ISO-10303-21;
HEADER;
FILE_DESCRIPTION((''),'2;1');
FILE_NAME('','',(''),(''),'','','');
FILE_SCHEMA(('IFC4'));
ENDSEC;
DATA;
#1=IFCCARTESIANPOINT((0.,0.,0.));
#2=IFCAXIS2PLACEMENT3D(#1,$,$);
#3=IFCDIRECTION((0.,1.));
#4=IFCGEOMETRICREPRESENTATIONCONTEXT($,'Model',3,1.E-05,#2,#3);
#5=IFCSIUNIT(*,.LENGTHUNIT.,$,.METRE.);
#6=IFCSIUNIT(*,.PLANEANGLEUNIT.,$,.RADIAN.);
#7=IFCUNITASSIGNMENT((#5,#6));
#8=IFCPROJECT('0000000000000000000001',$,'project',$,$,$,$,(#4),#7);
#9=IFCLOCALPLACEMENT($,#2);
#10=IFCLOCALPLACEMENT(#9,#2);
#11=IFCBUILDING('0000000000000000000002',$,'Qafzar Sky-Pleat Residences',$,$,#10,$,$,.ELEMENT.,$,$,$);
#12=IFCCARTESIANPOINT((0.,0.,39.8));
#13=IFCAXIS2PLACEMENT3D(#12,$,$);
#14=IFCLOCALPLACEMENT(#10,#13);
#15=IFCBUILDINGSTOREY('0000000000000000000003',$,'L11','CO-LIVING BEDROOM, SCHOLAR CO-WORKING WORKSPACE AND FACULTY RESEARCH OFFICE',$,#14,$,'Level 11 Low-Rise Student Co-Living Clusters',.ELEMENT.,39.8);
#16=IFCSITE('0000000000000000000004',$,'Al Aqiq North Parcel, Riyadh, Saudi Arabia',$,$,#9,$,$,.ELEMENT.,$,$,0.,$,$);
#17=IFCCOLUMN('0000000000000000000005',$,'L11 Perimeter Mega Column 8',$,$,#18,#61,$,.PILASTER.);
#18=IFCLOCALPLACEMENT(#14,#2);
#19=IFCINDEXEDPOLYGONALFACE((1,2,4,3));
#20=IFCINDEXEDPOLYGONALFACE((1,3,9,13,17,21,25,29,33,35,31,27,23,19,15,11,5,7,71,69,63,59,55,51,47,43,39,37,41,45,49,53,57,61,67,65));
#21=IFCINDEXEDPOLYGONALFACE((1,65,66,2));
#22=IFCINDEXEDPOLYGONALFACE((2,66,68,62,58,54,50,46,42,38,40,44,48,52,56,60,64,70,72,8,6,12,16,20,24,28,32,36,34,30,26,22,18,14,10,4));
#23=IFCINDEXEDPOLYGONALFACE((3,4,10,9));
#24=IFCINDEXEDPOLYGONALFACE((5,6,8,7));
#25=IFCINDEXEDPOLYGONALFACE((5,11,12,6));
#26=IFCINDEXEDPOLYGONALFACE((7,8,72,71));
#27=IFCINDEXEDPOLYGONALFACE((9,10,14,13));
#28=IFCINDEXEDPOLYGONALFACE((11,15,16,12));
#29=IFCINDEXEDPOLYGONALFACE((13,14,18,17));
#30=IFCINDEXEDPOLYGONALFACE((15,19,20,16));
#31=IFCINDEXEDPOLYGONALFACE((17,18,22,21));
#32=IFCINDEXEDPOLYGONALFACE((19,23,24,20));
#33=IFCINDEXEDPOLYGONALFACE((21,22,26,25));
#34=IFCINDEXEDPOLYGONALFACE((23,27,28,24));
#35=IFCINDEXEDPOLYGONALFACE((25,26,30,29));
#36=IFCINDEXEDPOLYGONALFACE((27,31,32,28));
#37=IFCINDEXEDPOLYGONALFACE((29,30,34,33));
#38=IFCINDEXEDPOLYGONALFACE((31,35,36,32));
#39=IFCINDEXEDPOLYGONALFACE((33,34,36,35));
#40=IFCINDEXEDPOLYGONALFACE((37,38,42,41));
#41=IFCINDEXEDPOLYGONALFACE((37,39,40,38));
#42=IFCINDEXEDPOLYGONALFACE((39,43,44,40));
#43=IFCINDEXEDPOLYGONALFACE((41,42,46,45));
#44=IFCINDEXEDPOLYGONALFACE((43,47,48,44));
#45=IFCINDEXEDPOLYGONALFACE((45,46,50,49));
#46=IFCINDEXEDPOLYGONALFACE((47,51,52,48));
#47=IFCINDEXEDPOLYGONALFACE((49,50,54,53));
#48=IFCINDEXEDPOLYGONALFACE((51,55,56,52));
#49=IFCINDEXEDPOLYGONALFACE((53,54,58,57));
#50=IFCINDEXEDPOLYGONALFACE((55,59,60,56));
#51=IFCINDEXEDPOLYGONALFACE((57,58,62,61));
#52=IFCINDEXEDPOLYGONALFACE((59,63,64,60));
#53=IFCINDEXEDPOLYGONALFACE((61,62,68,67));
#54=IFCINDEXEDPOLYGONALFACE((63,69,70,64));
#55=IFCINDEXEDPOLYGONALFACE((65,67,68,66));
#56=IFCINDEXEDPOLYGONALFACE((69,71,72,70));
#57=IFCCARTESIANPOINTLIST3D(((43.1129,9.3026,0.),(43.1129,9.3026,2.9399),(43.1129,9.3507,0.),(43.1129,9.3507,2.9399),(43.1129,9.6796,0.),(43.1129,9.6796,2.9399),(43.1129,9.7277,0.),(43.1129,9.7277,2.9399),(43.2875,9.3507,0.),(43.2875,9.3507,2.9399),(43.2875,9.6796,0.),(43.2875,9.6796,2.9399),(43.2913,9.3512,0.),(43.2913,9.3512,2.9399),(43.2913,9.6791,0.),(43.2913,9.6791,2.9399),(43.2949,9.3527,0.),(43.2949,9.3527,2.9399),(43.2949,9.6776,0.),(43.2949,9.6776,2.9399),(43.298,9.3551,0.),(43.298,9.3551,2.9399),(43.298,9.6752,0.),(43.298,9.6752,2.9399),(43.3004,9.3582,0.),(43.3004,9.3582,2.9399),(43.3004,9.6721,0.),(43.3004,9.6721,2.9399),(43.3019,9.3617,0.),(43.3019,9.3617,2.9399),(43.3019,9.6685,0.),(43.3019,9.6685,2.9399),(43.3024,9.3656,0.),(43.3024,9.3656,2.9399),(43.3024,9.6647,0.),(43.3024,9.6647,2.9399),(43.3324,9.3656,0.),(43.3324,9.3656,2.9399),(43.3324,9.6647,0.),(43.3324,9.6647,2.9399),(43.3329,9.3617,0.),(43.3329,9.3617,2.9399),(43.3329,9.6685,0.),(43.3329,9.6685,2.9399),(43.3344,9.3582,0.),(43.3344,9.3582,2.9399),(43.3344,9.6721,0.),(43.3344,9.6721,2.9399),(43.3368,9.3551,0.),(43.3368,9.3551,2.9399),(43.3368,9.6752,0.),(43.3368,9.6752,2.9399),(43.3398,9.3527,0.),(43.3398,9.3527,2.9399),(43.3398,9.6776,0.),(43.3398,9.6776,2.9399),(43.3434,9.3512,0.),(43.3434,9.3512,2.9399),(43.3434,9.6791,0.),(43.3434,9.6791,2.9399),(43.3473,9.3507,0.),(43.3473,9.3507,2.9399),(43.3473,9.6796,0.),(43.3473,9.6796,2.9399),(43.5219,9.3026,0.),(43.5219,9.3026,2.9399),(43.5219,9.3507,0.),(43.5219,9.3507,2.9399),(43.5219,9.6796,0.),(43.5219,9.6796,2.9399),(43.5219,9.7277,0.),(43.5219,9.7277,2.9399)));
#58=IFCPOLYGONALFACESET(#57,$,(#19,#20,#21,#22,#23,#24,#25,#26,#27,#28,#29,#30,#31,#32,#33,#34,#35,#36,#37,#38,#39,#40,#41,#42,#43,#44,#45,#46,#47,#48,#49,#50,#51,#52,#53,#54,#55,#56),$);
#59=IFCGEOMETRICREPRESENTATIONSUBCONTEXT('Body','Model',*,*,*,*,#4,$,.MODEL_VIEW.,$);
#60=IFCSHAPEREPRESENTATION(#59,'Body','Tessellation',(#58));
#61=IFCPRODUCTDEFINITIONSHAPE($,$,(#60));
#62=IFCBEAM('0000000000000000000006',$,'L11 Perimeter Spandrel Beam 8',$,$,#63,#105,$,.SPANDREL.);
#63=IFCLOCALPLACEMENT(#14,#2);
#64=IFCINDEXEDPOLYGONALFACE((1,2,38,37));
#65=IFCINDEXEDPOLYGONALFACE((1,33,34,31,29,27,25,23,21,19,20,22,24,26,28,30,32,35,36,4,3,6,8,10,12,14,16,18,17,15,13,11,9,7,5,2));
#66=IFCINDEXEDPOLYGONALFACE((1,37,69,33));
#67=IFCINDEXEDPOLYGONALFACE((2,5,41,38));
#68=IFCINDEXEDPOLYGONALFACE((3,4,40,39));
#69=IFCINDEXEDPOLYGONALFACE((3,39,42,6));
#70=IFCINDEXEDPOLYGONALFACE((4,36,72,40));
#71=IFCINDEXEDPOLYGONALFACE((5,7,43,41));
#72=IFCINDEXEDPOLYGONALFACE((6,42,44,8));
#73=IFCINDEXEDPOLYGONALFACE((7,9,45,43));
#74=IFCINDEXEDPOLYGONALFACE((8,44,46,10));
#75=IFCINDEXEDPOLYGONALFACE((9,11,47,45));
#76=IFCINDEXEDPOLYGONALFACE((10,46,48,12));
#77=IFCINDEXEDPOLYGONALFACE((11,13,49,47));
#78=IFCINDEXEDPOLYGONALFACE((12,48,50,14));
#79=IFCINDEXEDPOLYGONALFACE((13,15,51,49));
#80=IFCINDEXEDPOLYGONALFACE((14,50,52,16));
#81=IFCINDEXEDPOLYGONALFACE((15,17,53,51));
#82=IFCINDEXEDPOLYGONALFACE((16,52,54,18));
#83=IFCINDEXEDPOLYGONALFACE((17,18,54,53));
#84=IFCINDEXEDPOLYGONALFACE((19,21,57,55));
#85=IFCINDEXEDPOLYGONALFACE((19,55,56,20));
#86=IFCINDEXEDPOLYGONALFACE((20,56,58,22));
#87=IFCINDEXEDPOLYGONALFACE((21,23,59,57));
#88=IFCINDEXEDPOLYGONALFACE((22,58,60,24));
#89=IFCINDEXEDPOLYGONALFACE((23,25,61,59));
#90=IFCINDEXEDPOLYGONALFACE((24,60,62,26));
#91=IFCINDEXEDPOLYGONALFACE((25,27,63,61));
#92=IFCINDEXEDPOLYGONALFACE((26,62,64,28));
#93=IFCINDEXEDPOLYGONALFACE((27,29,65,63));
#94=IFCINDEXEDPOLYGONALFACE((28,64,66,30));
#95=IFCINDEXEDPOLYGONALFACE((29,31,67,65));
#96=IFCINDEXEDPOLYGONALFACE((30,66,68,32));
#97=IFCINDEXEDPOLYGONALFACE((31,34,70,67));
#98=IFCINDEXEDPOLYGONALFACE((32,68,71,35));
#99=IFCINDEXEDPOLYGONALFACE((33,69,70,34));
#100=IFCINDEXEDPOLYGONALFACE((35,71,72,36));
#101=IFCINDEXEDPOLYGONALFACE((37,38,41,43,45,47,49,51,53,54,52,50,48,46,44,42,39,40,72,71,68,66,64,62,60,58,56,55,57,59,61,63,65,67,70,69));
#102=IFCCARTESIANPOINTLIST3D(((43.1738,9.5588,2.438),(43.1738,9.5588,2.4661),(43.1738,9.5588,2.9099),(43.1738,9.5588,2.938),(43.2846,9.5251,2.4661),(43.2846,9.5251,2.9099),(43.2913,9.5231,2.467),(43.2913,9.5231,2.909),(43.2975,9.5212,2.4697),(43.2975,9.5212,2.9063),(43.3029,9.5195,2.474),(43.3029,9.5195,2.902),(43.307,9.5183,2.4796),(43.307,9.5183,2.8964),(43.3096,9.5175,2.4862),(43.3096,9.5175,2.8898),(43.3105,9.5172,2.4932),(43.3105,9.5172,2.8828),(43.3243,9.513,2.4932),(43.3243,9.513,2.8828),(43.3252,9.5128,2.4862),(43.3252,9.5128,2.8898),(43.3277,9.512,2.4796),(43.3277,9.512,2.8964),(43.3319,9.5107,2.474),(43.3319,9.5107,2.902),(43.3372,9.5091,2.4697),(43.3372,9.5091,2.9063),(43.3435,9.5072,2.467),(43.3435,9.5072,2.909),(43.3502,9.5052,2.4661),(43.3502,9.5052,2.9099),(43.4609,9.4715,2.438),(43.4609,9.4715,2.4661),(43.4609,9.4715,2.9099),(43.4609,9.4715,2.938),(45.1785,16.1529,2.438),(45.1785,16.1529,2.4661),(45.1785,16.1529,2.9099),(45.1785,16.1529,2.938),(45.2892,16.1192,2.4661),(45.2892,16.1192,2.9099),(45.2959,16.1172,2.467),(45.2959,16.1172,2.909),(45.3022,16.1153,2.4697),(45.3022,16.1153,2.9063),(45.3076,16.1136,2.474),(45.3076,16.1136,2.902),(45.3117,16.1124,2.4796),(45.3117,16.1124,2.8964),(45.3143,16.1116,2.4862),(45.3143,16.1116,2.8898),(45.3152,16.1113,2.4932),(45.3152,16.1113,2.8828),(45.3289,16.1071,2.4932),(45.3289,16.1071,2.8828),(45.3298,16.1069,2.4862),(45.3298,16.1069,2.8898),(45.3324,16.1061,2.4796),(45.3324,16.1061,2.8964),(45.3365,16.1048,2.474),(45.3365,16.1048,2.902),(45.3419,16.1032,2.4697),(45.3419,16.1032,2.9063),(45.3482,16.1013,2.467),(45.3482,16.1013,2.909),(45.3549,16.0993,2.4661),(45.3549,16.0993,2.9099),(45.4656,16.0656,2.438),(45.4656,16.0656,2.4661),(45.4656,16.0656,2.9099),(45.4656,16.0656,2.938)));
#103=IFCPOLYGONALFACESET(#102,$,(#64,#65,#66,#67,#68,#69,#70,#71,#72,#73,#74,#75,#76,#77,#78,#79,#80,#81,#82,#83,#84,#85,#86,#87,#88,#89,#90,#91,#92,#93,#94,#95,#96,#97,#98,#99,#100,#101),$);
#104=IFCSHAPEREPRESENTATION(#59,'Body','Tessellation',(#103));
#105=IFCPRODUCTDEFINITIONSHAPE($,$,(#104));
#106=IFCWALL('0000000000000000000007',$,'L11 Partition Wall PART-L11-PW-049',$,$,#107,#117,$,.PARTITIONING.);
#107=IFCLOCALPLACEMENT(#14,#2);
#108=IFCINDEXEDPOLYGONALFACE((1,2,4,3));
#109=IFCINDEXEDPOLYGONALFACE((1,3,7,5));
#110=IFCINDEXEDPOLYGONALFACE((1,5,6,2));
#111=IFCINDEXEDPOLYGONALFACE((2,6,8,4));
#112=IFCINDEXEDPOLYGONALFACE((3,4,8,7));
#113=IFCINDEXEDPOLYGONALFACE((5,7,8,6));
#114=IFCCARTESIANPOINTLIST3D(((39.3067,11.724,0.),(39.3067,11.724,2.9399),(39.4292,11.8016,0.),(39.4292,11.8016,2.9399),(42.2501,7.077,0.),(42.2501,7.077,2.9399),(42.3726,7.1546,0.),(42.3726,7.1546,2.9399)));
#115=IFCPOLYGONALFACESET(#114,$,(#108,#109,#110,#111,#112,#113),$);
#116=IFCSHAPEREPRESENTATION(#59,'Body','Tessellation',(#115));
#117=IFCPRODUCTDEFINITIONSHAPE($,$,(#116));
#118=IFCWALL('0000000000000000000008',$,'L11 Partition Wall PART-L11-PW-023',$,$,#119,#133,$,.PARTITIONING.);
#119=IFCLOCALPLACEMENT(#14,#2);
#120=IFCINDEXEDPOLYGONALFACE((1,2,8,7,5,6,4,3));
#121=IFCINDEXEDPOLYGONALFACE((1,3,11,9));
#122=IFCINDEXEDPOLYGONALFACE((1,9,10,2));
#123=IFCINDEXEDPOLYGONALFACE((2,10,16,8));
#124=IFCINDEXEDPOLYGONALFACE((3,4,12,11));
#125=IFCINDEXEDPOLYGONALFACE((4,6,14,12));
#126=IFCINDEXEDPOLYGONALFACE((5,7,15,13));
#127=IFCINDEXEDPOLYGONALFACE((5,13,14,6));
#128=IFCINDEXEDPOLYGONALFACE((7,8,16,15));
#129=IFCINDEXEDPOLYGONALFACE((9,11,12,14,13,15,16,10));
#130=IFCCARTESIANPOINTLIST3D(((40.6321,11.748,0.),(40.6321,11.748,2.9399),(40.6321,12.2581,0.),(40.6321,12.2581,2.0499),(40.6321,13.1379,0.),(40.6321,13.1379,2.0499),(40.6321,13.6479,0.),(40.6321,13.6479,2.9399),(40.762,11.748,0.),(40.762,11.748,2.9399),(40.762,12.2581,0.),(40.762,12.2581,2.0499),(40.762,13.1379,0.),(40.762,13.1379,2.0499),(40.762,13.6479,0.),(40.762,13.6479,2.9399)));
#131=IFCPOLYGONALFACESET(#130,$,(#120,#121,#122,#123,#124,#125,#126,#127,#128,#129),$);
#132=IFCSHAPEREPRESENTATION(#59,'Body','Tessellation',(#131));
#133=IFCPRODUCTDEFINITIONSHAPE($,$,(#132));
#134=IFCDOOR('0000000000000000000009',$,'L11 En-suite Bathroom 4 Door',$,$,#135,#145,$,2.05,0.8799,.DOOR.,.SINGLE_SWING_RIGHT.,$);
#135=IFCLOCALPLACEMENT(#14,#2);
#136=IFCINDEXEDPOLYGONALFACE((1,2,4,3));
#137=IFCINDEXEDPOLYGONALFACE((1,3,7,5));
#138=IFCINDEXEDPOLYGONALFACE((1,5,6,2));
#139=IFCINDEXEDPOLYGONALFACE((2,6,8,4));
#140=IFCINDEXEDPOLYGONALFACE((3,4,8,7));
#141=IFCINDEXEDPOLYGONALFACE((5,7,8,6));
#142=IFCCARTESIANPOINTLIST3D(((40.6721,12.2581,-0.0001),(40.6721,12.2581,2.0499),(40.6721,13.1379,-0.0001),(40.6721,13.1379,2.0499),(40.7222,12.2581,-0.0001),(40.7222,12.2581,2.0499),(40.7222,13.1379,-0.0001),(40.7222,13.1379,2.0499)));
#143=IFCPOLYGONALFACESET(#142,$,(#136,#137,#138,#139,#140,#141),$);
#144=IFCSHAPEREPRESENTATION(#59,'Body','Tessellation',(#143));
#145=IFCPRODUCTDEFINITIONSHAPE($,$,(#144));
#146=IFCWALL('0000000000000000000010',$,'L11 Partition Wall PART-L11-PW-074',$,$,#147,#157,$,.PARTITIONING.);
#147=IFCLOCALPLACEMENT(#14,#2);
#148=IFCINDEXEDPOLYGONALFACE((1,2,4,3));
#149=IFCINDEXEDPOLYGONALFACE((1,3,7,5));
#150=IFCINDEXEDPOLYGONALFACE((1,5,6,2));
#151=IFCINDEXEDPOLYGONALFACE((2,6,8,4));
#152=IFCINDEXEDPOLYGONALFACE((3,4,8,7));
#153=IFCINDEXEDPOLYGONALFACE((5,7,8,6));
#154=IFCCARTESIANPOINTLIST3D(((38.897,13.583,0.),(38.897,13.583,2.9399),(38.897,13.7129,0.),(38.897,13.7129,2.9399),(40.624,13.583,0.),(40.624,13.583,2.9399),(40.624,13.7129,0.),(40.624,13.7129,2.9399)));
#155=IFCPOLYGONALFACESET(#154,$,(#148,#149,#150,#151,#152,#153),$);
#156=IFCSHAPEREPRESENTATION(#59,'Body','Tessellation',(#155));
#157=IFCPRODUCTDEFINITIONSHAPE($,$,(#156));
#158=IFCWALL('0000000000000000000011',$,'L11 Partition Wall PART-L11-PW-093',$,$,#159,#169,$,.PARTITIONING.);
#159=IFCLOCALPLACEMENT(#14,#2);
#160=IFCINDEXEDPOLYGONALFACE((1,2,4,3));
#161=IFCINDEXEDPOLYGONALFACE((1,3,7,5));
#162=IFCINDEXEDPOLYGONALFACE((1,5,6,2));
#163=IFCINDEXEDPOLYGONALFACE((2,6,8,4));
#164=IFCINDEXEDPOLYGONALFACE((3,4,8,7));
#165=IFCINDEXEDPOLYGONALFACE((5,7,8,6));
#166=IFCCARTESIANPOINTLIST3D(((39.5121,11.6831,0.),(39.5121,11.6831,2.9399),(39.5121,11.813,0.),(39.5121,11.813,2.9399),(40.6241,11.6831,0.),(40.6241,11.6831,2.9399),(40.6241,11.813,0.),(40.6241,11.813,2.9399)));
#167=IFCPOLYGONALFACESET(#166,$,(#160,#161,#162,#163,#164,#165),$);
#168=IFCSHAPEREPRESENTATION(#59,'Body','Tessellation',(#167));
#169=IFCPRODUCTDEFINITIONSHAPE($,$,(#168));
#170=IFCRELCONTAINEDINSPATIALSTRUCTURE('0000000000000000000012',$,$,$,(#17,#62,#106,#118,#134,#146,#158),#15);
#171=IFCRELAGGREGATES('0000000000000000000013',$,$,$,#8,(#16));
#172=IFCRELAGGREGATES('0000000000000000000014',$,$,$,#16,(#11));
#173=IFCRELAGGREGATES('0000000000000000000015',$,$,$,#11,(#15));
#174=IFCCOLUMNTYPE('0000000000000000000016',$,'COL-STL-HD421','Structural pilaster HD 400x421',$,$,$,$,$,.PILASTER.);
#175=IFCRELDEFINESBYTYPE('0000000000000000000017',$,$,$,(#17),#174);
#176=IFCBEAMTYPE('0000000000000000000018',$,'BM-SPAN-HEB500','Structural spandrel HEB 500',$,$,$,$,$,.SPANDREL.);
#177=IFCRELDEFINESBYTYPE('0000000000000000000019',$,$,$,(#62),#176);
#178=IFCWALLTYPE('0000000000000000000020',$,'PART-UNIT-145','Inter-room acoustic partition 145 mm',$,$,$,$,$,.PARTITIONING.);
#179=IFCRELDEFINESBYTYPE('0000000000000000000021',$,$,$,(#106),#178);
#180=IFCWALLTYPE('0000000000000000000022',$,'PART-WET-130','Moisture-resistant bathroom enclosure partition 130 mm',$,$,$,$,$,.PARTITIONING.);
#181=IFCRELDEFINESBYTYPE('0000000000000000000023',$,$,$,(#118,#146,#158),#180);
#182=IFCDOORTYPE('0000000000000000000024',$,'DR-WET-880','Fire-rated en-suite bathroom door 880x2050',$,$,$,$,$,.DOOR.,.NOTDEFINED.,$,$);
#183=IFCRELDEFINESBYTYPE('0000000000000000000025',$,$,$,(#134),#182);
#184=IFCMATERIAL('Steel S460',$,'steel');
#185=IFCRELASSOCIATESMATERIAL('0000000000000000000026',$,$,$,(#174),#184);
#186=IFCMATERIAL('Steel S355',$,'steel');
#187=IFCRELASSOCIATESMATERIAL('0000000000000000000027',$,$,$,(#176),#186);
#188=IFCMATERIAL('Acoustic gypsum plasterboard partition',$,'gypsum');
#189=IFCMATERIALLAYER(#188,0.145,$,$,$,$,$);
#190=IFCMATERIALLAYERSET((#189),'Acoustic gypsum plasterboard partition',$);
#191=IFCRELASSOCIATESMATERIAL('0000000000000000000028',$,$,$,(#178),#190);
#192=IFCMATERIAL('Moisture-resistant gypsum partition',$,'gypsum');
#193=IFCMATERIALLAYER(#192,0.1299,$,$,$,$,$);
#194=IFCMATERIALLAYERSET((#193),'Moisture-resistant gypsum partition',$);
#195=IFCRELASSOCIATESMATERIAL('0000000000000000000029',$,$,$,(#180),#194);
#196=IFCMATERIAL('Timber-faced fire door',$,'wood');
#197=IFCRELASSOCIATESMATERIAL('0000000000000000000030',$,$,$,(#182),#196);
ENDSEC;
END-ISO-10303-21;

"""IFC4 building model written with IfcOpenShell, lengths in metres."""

from ifc_helpers import new_model, si_unit, direction, frame, frame_2d, origin, origin_2d, place, context, subcontext, project, spatial, rectangle, i_section, extrude, source, transform, mapped, material, layer, layer_set, material_profile, profile_set, type_object, element, fill, save


model = new_model("IFC4")

# Units and contexts
model_context = context("Model", 3, precision=1e-05, world=origin(), true_north=direction((0.0, 1.0)))
body_context = subcontext(model_context, "Body", "Model", "MODEL_VIEW")
ifc_project = project(units=[si_unit("LENGTHUNIT", "METRE"), si_unit("PLANEANGLEUNIT", "RADIAN")], contexts=[model_context])

# Site, building, storey
site_placement = place(None, origin())
site = spatial("IfcSite", under=ifc_project, at=site_placement, Name="Al Aqiq North Parcel, Riyadh, Saudi Arabia", CompositionType="ELEMENT", RefElevation=0.0)
building_placement = place(site_placement, origin())
building = spatial("IfcBuilding", under=site, at=building_placement, Name="Qafzar Sky-Pleat Residences", CompositionType="ELEMENT")
storey_placement = place(building_placement, frame((0.0, 0.0, 39.8)))
storey = spatial("IfcBuildingStorey", under=building, at=storey_placement, Name="L11", Description="CO-LIVING BEDROOM, SCHOLAR CO-WORKING WORKSPACE AND FACULTY RESEARCH OFFICE", LongName="Level 11 Low-Rise Student Co-Living Clusters", CompositionType="ELEMENT", Elevation=39.8)

# Column
ifc_material_1 = material(Name="Steel S460", Category="steel")
ifc_material_profile_1 = material_profile(ifc_material_1, i_section(OverallWidth=0.4089, OverallDepth=0.425, WebThickness=0.03, FlangeThickness=0.0481, FilletRadius=0.0149, at=origin_2d()), Name="HD 400x421")
ifc_profile_set_1 = profile_set([ifc_material_profile_1], Name="Steel S460")
column_type = type_object("IfcColumnType", Name="COL-STL-HD421", Description="Structural pilaster HD 400x421", PredefinedType="PILASTER", material=ifc_profile_set_1)
shared_shape_1 = source(origin(), body_context, "Body", "SweptSolid", [
    extrude(i_section(OverallWidth=0.4089, OverallDepth=0.425, WebThickness=0.03, FlangeThickness=0.0481, FilletRadius=0.0149, at=origin_2d()), origin(), (0.0, 0.0, 1.0), 2.9399),
])
column_placement = place(storey_placement, frame((43.3174, 9.5151, 0.0), z_axis=(0.0, 0.0, 1.0), x_axis=(1.0, 0.0, 0.0)))
element("IfcColumn", 1, at=column_placement, inside=storey, type_object=column_type, Name="L11 Perimeter Mega Column 8", PredefinedType="PILASTER", context=body_context, shape_type="MappedRepresentation", body=[
    mapped(shared_shape_1, transform((0.0, 0.0, 0.0), x_axis=(1.0, 0.0, 0.0), y_axis=(0.0, 1.0, 0.0), z_axis=(0.0, 0.0, 1.0), scale=1.0)),
])

# Beam
ifc_material_2 = material(Name="Steel S355", Category="steel")
ifc_material_profile_2 = material_profile(ifc_material_2, i_section(OverallWidth=0.3, OverallDepth=0.5, WebThickness=0.0144, FlangeThickness=0.0281, FilletRadius=0.0271, at=origin_2d()), Name="HEB 500")
ifc_profile_set_2 = profile_set([ifc_material_profile_2], Name="Steel S355")
beam_type = type_object("IfcBeamType", Name="BM-SPAN-HEB500", Description="Structural spandrel HEB 500", PredefinedType="SPANDREL", material=ifc_profile_set_2)
shared_shape_2 = source(origin(), body_context, "Body", "SweptSolid", [
    extrude(i_section(OverallWidth=0.3, OverallDepth=0.5, WebThickness=0.0144, FlangeThickness=0.0281, FilletRadius=0.0271, at=origin_2d()), origin(), (0.0, 0.0, 1.0), 6.8921),
])
beam_placement = place(storey_placement, frame((43.3174, 9.5151, 2.688), z_axis=(0.290866, 0.956764, 0.0), x_axis=(-0.956764, 0.290866, 0.0)))
element("IfcBeam", 2, at=beam_placement, inside=storey, type_object=beam_type, Name="L11 Perimeter Spandrel Beam 8", PredefinedType="SPANDREL", context=body_context, shape_type="MappedRepresentation", body=[
    mapped(shared_shape_2, transform((0.0, 0.0, 0.0), x_axis=(1.0, 0.0, 0.0), y_axis=(0.0, 1.0, 0.0), z_axis=(0.0, 0.0, 1.0), scale=1.0)),
])

# Wall
ifc_material_3 = material(Name="Acoustic gypsum plasterboard partition", Category="gypsum")
ifc_layer_1 = layer(ifc_material_3, 0.145)
ifc_layer_set_1 = layer_set([ifc_layer_1], Name="Acoustic gypsum plasterboard partition")
wall_type_1 = type_object("IfcWallType", Name="PART-UNIT-145", Description="Inter-room acoustic partition 145 mm", PredefinedType="PARTITIONING", material=ifc_layer_set_1)
wall_1_placement = place(storey_placement, frame((39.3679, 11.7629, 0.0), z_axis=(0.0, 0.0, 1.0), x_axis=(0.535088, -0.844796, 0.0)))
element("IfcWall", 3, at=wall_1_placement, inside=storey, type_object=wall_type_1, Name="L11 Partition Wall PART-L11-PW-049", PredefinedType="PARTITIONING", context=body_context, shape_type="SweptSolid", body=[
    extrude(rectangle(XDim=5.5007, YDim=0.145, at=frame_2d((2.7505, 0.0))), origin(), (0.0, 0.0, 1.0), 2.9399),
])

# Wall, opening, door
ifc_material_4 = material(Name="Moisture-resistant gypsum partition", Category="gypsum")
ifc_layer_2 = layer(ifc_material_4, 0.1299)
ifc_layer_set_2 = layer_set([ifc_layer_2], Name="Moisture-resistant gypsum partition")
wall_type_2 = type_object("IfcWallType", Name="PART-WET-130", Description="Moisture-resistant bathroom enclosure partition 130 mm", PredefinedType="PARTITIONING", material=ifc_layer_set_2)
wall_2_placement = place(storey_placement, frame((40.697, 11.748, 0.0), z_axis=(0.0, 0.0, 1.0), x_axis=(0.0, 1.0, 0.0)))
wall_2 = element("IfcWall", 4, at=wall_2_placement, inside=storey, type_object=wall_type_2, Name="L11 Partition Wall PART-L11-PW-023", PredefinedType="PARTITIONING", context=body_context, shape_type="SweptSolid", body=[
    extrude(rectangle(XDim=1.8999, YDim=0.1299, at=frame_2d((0.95, 0.0))), origin(), (0.0, 0.0, 1.0), 2.9399),
])
opening_1_placement = place(wall_2_placement, frame((0.51, 0.0, 0.0)))
opening_1 = element("IfcOpeningElement", 5, at=opening_1_placement, cuts=wall_2, PredefinedType="OPENING", context=body_context, shape_type="SweptSolid", body=[
    extrude(rectangle(XDim=0.8799, YDim=2.05, at=frame_2d((0.4399, 1.0249))), frame((0.0, 0.075, 0.0), z_axis=(0.0, -1.0, 0.0), x_axis=(1.0, 0.0, 0.0)), (0.0, 0.0, 1.0), 0.1499),
])
ifc_material_5 = material(Name="Timber-faced fire door", Category="wood")
door_type = type_object("IfcDoorType", Name="DR-WET-880", Description="Fire-rated en-suite bathroom door 880x2050", OperationType="NOTDEFINED", PredefinedType="DOOR", material=ifc_material_5)
shared_shape_3 = source(origin(), body_context, "Body", "SweptSolid", [
    extrude(rectangle(XDim=0.8799, YDim=2.05, at=frame_2d((0.4399, 1.0249))), frame((0.0, 0.0249, 0.0), z_axis=(0.0, -1.0, 0.0), x_axis=(1.0, 0.0, 0.0)), (0.0, 0.0, 1.0), 0.05),
])
door_placement = place(opening_1_placement, origin())
door = element("IfcDoor", 6, at=door_placement, inside=storey, type_object=door_type, Name="L11 En-suite Bathroom 4 Door", OperationType="SINGLE_SWING_RIGHT", OverallHeight=2.05, OverallWidth=0.8799, PredefinedType="DOOR", context=body_context, shape_type="MappedRepresentation", body=[
    mapped(shared_shape_3, transform((0.0, 0.0, 0.0), x_axis=(1.0, 0.0, 0.0), y_axis=(0.0, 1.0, 0.0), z_axis=(0.0, 0.0, 1.0), scale=1.0)),
])
fill(opening_1, door)

# Walls
wall_3_placement = place(storey_placement, frame((38.897, 13.6479, 0.0), z_axis=(0.0, 0.0, 1.0), x_axis=(1.0, 0.0, 0.0)))
element("IfcWall", 7, at=wall_3_placement, inside=storey, type_object=wall_type_2, Name="L11 Partition Wall PART-L11-PW-074", PredefinedType="PARTITIONING", context=body_context, shape_type="SweptSolid", body=[
    extrude(rectangle(XDim=1.7271, YDim=0.1299, at=frame_2d((0.8635, 0.0))), origin(), (0.0, 0.0, 1.0), 2.9399),
])
wall_4_placement = place(storey_placement, frame((39.512, 11.748, 0.0), z_axis=(0.0, 0.0, 1.0), x_axis=(1.0, 0.0, 0.0)))
element("IfcWall", 8, at=wall_4_placement, inside=storey, type_object=wall_type_2, Name="L11 Partition Wall PART-L11-PW-093", PredefinedType="PARTITIONING", context=body_context, shape_type="SweptSolid", body=[
    extrude(rectangle(XDim=1.1121, YDim=0.1299, at=frame_2d((0.5562, 0.0))), origin(), (0.0, 0.0, 1.0), 2.9399),
])

save(model, "model.ifc")
